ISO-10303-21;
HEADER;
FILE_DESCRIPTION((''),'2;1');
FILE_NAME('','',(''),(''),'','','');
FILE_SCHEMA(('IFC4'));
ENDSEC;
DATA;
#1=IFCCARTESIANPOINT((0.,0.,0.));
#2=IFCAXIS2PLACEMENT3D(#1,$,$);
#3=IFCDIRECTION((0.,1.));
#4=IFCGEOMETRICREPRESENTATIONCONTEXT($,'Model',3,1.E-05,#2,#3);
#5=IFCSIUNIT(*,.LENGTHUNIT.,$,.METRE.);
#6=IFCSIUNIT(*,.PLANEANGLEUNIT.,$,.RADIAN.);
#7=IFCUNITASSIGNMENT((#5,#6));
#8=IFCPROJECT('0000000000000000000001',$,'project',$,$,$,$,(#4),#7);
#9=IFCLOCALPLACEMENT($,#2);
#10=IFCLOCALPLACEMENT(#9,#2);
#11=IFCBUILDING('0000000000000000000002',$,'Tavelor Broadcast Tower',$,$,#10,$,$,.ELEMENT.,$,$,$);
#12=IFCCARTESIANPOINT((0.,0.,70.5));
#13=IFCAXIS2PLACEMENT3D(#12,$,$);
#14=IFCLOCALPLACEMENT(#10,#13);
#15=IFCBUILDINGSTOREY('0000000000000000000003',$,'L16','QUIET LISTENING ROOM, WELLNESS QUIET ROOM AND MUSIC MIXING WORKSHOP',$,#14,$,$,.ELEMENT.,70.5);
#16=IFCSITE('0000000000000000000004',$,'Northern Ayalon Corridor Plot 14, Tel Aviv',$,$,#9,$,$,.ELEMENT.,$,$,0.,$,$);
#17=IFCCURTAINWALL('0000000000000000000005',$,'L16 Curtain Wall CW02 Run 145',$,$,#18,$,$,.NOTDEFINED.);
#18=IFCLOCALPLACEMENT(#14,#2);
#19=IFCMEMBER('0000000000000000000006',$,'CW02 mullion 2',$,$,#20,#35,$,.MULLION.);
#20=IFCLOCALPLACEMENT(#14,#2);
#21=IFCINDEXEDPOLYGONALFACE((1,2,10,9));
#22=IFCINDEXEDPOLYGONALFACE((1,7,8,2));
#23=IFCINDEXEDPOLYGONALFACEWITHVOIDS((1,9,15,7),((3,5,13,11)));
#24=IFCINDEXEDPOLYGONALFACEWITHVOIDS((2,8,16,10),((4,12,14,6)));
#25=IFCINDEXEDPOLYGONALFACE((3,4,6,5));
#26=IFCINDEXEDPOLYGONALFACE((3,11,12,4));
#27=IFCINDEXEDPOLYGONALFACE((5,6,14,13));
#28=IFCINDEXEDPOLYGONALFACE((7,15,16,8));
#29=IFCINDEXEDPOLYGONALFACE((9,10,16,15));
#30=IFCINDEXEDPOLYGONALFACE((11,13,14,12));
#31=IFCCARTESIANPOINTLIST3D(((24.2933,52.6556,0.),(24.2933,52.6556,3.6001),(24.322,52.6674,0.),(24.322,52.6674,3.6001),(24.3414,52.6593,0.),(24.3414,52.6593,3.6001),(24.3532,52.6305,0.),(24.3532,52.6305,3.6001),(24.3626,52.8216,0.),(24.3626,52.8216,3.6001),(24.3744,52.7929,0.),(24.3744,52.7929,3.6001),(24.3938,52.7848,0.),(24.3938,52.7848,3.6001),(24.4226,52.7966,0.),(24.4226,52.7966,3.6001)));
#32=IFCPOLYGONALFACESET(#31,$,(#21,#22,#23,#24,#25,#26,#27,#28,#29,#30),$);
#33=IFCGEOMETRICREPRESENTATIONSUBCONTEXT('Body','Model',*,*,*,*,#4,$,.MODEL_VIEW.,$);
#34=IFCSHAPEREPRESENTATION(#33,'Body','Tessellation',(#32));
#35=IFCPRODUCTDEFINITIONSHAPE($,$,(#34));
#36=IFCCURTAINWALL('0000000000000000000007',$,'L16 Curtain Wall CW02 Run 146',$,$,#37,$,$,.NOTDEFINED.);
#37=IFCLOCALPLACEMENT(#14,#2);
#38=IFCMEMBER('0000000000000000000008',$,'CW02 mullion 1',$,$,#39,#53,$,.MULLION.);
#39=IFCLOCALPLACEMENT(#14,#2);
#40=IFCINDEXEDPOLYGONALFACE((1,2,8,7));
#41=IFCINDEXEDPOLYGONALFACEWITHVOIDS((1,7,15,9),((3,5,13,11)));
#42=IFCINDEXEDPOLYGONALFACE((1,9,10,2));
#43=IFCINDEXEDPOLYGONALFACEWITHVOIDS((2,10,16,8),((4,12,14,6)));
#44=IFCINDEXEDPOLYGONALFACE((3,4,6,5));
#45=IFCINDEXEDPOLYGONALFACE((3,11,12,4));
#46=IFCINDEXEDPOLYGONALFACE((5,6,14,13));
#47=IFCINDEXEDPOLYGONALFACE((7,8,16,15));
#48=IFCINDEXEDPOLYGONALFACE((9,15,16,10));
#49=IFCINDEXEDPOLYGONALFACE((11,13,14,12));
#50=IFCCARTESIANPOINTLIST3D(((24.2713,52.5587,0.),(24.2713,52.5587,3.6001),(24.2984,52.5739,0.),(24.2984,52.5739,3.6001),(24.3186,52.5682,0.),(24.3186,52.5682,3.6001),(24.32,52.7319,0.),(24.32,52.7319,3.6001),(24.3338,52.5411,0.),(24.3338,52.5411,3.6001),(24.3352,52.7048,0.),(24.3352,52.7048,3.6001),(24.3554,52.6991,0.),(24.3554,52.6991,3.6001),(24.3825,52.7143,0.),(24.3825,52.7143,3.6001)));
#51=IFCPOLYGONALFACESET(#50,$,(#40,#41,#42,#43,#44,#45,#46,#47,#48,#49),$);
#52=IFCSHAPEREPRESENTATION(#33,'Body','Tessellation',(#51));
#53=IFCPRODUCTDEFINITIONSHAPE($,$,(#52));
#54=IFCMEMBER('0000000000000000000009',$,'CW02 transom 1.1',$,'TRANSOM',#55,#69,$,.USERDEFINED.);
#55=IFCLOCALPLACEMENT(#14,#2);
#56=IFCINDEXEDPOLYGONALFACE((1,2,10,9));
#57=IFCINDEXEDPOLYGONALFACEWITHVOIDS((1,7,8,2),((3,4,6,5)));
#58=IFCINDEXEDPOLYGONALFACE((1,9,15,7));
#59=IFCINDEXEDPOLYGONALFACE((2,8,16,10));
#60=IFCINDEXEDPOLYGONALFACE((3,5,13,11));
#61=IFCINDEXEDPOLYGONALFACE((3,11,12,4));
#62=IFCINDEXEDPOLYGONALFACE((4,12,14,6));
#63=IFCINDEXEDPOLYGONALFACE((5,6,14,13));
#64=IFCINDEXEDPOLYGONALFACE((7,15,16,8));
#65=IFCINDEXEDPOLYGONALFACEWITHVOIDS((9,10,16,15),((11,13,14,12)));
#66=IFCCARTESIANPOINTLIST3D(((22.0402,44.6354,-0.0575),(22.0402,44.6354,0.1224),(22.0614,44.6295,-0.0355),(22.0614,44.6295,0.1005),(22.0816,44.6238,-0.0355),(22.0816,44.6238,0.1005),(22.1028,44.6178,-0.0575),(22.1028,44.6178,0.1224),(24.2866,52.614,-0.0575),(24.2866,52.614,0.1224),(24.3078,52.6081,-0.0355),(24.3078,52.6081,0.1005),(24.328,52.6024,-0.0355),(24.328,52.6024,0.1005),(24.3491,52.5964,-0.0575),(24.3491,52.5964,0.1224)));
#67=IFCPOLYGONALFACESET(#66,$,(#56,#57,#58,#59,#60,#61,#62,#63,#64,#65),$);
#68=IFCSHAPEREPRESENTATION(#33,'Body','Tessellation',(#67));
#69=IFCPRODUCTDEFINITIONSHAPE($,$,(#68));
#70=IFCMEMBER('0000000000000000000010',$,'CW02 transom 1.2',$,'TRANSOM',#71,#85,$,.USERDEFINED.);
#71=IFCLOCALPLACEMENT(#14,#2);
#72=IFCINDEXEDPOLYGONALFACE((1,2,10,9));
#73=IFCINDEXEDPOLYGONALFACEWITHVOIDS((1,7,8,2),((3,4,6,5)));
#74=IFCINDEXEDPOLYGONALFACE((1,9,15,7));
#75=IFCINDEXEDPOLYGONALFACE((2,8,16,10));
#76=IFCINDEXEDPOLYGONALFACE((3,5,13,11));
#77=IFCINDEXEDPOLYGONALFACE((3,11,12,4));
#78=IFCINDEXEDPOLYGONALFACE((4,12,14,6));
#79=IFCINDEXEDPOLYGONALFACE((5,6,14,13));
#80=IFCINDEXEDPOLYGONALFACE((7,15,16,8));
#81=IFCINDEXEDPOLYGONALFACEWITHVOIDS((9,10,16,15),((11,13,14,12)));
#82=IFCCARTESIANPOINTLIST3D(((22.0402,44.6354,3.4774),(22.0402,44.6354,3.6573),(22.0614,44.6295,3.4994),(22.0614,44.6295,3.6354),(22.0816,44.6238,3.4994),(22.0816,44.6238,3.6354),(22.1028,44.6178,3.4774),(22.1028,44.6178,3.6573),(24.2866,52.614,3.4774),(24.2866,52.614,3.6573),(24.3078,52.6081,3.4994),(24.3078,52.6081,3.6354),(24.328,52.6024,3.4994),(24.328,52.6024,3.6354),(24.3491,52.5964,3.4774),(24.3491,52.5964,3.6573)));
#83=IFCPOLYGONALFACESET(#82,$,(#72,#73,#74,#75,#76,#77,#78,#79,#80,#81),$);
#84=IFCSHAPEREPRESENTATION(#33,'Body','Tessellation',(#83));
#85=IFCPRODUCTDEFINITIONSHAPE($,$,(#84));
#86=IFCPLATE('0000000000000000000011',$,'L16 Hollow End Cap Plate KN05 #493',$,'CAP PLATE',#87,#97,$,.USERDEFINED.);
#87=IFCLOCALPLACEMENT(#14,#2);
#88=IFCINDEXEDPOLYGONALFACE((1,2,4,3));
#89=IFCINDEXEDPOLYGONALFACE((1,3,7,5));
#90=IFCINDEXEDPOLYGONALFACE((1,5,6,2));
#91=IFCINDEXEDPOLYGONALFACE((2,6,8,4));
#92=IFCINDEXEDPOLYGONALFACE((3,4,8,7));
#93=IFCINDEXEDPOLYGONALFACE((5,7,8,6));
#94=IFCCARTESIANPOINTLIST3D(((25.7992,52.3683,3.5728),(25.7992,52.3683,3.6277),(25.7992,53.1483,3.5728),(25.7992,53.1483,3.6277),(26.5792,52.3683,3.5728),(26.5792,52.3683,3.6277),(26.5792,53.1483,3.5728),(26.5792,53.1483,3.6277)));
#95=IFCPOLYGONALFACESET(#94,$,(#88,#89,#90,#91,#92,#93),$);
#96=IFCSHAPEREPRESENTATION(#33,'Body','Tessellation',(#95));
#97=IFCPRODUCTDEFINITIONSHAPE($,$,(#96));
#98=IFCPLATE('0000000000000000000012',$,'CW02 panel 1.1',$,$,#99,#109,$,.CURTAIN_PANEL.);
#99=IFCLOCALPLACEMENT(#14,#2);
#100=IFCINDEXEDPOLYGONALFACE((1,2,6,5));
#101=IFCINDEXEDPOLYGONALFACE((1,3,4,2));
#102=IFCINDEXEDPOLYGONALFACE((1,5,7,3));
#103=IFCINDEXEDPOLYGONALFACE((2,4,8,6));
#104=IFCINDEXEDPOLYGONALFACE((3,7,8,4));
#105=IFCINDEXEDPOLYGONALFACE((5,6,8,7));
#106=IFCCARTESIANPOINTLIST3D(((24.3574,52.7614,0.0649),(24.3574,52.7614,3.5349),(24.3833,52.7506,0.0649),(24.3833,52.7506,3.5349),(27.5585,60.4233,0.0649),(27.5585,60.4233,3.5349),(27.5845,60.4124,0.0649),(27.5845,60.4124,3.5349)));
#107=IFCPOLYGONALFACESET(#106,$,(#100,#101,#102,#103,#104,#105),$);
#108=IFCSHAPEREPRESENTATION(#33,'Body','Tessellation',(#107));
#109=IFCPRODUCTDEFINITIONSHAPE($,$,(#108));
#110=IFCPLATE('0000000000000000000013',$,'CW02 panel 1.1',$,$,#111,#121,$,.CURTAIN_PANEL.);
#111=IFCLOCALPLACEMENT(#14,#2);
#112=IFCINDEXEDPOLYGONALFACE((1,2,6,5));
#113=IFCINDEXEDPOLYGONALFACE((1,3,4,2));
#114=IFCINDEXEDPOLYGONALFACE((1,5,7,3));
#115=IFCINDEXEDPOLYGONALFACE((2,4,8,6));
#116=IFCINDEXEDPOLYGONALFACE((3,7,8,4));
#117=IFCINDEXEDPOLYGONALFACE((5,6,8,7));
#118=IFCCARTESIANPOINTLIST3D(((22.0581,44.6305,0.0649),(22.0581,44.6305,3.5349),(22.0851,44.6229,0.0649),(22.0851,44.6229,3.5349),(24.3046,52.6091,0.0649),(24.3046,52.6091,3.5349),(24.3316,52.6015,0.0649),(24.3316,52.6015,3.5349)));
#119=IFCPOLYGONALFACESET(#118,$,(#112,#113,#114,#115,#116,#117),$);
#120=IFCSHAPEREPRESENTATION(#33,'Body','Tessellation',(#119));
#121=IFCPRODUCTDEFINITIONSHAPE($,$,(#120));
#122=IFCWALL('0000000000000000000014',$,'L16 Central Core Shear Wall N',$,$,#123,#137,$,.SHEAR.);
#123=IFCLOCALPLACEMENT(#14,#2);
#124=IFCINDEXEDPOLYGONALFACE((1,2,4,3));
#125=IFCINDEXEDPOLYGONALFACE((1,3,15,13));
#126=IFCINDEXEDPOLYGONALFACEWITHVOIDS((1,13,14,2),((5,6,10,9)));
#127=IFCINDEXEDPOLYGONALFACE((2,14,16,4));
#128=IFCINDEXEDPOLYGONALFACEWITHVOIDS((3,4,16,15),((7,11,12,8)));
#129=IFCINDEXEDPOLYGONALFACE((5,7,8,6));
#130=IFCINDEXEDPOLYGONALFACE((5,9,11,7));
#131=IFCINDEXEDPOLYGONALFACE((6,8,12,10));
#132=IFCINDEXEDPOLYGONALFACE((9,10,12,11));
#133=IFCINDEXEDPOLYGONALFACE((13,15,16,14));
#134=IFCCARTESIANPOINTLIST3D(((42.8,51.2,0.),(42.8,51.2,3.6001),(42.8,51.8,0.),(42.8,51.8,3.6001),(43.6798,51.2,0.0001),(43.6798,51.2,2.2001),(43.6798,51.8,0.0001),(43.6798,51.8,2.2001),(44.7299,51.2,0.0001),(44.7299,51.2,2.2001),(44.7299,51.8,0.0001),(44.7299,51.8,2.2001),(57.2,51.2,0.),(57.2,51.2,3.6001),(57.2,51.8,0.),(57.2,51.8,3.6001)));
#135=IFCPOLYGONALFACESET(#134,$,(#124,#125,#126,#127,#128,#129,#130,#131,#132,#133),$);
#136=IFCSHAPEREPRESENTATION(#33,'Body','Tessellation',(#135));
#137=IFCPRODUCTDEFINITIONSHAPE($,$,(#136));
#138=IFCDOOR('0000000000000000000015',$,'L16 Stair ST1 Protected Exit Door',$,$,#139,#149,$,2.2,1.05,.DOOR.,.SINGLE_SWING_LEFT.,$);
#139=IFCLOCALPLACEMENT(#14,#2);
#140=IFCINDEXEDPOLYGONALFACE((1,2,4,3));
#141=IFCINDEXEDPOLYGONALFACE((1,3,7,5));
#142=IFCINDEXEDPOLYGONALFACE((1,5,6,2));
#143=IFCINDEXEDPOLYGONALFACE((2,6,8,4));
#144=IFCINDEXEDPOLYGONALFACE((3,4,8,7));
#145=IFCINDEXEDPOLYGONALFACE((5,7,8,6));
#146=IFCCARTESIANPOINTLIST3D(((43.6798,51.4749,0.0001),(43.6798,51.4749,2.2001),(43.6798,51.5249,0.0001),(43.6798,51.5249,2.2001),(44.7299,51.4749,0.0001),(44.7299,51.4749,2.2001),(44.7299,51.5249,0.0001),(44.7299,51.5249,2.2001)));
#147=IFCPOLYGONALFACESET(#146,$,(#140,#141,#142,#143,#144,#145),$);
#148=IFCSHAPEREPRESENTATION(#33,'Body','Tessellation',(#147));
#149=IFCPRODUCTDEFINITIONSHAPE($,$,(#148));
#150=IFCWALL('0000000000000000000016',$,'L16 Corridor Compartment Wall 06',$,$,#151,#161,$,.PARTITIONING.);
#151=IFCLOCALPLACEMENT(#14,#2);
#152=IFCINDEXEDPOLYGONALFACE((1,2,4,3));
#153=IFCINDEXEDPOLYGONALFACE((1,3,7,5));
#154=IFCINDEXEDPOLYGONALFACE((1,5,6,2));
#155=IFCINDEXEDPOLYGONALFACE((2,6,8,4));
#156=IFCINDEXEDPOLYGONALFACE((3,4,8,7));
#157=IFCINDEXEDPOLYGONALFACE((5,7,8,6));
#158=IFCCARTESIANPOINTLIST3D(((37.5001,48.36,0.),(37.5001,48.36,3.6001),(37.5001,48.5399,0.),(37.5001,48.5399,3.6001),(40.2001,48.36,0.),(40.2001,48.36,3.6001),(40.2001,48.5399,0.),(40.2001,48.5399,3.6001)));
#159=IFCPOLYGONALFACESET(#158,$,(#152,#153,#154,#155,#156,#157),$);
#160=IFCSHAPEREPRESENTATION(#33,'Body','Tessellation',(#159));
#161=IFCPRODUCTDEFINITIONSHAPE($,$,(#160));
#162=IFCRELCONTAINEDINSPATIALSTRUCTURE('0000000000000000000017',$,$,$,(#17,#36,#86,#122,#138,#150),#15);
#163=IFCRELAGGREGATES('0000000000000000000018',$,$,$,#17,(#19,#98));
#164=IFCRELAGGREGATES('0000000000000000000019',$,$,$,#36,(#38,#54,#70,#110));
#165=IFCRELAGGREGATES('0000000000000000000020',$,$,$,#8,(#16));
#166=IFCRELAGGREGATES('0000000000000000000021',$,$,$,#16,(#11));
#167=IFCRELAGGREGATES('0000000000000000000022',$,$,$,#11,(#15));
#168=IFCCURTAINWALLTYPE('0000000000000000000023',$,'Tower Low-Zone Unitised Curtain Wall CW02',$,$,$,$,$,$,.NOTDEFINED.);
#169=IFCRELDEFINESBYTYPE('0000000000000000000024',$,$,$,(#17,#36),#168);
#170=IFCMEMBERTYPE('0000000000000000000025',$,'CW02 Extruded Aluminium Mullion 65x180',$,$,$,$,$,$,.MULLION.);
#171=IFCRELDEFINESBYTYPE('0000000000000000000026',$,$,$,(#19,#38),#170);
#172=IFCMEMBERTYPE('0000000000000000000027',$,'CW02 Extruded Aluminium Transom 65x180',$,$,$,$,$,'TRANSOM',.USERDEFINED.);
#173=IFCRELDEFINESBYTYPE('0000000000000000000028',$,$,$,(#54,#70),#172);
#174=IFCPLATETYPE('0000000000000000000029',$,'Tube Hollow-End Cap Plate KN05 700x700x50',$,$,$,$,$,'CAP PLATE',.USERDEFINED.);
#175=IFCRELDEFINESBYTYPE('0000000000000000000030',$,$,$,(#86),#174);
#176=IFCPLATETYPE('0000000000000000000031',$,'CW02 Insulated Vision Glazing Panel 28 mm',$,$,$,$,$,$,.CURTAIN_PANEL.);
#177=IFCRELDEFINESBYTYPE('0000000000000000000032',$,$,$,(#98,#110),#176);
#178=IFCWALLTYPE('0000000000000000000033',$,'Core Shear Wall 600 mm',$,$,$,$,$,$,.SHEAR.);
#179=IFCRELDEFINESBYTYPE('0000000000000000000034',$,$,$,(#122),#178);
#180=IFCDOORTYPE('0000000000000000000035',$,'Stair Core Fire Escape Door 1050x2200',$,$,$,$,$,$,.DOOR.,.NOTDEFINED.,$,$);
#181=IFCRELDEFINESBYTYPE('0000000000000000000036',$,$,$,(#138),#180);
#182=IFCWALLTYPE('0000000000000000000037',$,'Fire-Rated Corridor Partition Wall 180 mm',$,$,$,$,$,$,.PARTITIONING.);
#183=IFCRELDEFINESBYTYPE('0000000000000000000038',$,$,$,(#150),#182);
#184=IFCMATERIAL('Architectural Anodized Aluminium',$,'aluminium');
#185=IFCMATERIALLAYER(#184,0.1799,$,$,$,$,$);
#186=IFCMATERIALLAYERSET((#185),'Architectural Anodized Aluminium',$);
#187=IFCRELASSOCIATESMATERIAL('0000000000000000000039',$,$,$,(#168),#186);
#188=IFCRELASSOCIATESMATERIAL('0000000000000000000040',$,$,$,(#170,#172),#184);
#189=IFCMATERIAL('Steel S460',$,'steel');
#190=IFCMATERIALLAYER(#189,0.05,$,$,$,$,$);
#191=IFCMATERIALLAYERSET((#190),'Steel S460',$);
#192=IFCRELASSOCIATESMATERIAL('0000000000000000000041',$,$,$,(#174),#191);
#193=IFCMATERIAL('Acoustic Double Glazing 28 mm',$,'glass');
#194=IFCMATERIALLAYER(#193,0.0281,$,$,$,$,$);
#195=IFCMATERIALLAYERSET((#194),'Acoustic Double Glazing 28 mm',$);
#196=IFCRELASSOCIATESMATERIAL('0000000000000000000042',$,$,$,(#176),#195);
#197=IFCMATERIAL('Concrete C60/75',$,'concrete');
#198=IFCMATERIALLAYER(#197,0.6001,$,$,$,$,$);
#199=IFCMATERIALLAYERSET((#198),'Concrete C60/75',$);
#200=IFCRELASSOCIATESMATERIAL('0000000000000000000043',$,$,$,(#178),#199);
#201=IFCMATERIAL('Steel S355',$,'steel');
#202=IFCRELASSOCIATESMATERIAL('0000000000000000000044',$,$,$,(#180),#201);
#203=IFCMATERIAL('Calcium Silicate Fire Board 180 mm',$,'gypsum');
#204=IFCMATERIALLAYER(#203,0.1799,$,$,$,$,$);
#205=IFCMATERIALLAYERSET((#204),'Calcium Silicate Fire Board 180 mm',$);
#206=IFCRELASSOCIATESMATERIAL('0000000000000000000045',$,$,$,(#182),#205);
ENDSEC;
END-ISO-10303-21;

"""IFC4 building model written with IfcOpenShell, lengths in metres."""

from ifc_helpers import new_model, si_unit, direction, frame, frame_2d, origin, origin_2d, place, context, subcontext, project, spatial, rectangle, hollow_rectangle, extrude, source, transform, mapped, material, layer, layer_set, material_profile, profile_set, type_object, type_shapes, element, fill, aggregate, save


model = new_model("IFC4")

# Units and contexts
model_context = context("Model", 3, precision=1e-05, world=origin(), true_north=direction((0.0, 1.0)))
body_context = subcontext(model_context, "Body", "Model", "MODEL_VIEW")
ifc_project = project(units=[si_unit("LENGTHUNIT", "METRE"), si_unit("PLANEANGLEUNIT", "RADIAN")], contexts=[model_context])

# Site, building, storey
site_placement = place(None, origin())
site = spatial("IfcSite", under=ifc_project, at=site_placement, Name="Northern Ayalon Corridor Plot 14, Tel Aviv", CompositionType="ELEMENT", RefElevation=0.0)
building_placement = place(site_placement, origin())
building = spatial("IfcBuilding", under=site, at=building_placement, Name="Tavelor Broadcast Tower", CompositionType="ELEMENT")
storey_placement = place(building_placement, frame((0.0, 0.0, 70.5)))
storey = spatial("IfcBuildingStorey", under=building, at=storey_placement, Name="L16", Description="QUIET LISTENING ROOM, WELLNESS QUIET ROOM AND MUSIC MIXING WORKSHOP", CompositionType="ELEMENT", Elevation=70.5)

# Shared definitions
ifc_material_1 = material(Name="Concrete C60/75", Category="concrete")
ifc_material_2 = material(Name="Steel S460", Category="steel")

# Shared definitions
ifc_material_3 = material(Name="Steel S355", Category="steel")

# Curtain wall, member
ifc_material_4 = material(Name="Architectural Anodized Aluminium", Category="aluminium")
ifc_layer_1 = layer(ifc_material_4, 0.1799)
ifc_layer_set_1 = layer_set([ifc_layer_1], Name="Architectural Anodized Aluminium")
curtain_wall_type = type_object("IfcCurtainWallType", Name="Tower Low-Zone Unitised Curtain Wall CW02", PredefinedType="NOTDEFINED", material=ifc_layer_set_1)
curtain_wall_1_placement = place(storey_placement, origin())
curtain_wall_1 = element("IfcCurtainWall", 1, at=curtain_wall_1_placement, inside=storey, type_object=curtain_wall_type, Name="L16 Curtain Wall CW02 Run 145", PredefinedType="NOTDEFINED")
ifc_material_profile_1 = material_profile(ifc_material_4, hollow_rectangle(XDim=0.0649, YDim=0.1799, WallThickness=0.022, at=origin_2d()), Name="RHS 65x180x22")
ifc_profile_set_1 = profile_set([ifc_material_profile_1], Name="Architectural Anodized Aluminium")
member_type_1 = type_object("IfcMemberType", Name="CW02 Extruded Aluminium Mullion 65x180", PredefinedType="MULLION", material=ifc_profile_set_1)
shared_shape_1 = source(origin(), body_context, "Body", "SweptSolid", [
    extrude(hollow_rectangle(XDim=0.0649, YDim=0.1799, WallThickness=0.022, at=origin_2d()), origin(), (0.0, 0.0, 1.0), 3.6001),
])
type_shapes(member_type_1, [shared_shape_1])
member_1_placement = place(storey_placement, frame((24.3579, 52.7261, 0.0), z_axis=(0.0, 0.0, 1.0), x_axis=(0.922707, -0.385503, 0.0)))
member_1 = element("IfcMember", 2, at=member_1_placement, type_object=member_type_1, Name="CW02 mullion 2", PredefinedType="MULLION", context=body_context, shape_type="MappedRepresentation", body=[
    mapped(shared_shape_1, transform((0.0, 0.0, 0.0), scale=1.0)),
])

# Curtain wall, members
curtain_wall_2_placement = place(storey_placement, origin())
curtain_wall_2 = element("IfcCurtainWall", 3, at=curtain_wall_2_placement, inside=storey, type_object=curtain_wall_type, Name="L16 Curtain Wall CW02 Run 146", PredefinedType="NOTDEFINED")
member_2_placement = place(storey_placement, frame((24.3269, 52.6365, 0.0), z_axis=(0.0, 0.0, 1.0), x_axis=(0.962572, -0.271028, 0.0)))
member_2 = element("IfcMember", 4, at=member_2_placement, type_object=member_type_1, Name="CW02 mullion 1", PredefinedType="MULLION", context=body_context, shape_type="MappedRepresentation", body=[
    mapped(shared_shape_1, transform((0.0, 0.0, 0.0), scale=1.0)),
])
ifc_material_profile_2 = material_profile(ifc_material_4, hollow_rectangle(XDim=0.0649, YDim=0.1799, WallThickness=0.022, at=origin_2d()), Name="RHS 65x180x22")
ifc_profile_set_2 = profile_set([ifc_material_profile_2], Name="Architectural Anodized Aluminium")
member_type_2 = type_object("IfcMemberType", Name="CW02 Extruded Aluminium Transom 65x180", ElementType="TRANSOM", PredefinedType="USERDEFINED", material=ifc_profile_set_2)
shared_shape_2 = source(origin(), body_context, "Body", "SweptSolid", [
    extrude(hollow_rectangle(XDim=0.0649, YDim=0.1799, WallThickness=0.022, at=origin_2d()), origin(), (0.0, 0.0, 1.0), 8.2888),
])
type_shapes(member_type_2, [shared_shape_2])
member_3_placement = place(storey_placement, frame((24.3179, 52.6052, 0.0325), z_axis=(-0.271012, -0.962576, 0.0), x_axis=(0.962576, -0.271012, 0.0)))
member_3 = element("IfcMember", 5, at=member_3_placement, type_object=member_type_2, Name="CW02 transom 1.1", ObjectType="TRANSOM", PredefinedType="USERDEFINED", context=body_context, shape_type="MappedRepresentation", body=[
    mapped(shared_shape_2, transform((0.0, 0.0, 0.0), scale=1.0)),
])
member_4_placement = place(storey_placement, frame((24.3179, 52.6052, 3.5674), z_axis=(-0.271012, -0.962576, 0.0), x_axis=(0.962576, -0.271012, 0.0)))
member_4 = element("IfcMember", 6, at=member_4_placement, type_object=member_type_2, Name="CW02 transom 1.2", ObjectType="TRANSOM", PredefinedType="USERDEFINED", context=body_context, shape_type="MappedRepresentation", body=[
    mapped(shared_shape_2, transform((0.0, 0.0, 0.0), scale=1.0)),
])

# Plates
ifc_layer_2 = layer(ifc_material_2, 0.05)
ifc_layer_set_2 = layer_set([ifc_layer_2], Name="Steel S460")
plate_type_1 = type_object("IfcPlateType", Name="Tube Hollow-End Cap Plate KN05 700x700x50", ElementType="CAP PLATE", PredefinedType="USERDEFINED", material=ifc_layer_set_2)
shared_shape_3 = source(origin(), body_context, "Body", "SweptSolid", [
    extrude(rectangle(XDim=0.78, YDim=0.78, at=origin_2d()), origin(), (0.0, 0.0, 1.0), 0.0549),
])
type_shapes(plate_type_1, [shared_shape_3])
plate_1_placement = place(storey_placement, frame((26.1892, 52.7583, 3.5728), z_axis=(0.0, 0.0, 1.0), x_axis=(1.0, 0.0, 0.0)))
element("IfcPlate", 7, at=plate_1_placement, inside=storey, type_object=plate_type_1, Name="L16 Hollow End Cap Plate KN05 #493", ObjectType="CAP PLATE", PredefinedType="USERDEFINED", context=body_context, shape_type="MappedRepresentation", body=[
    mapped(shared_shape_3, transform((0.0, 0.0, 0.0), scale=1.0)),
])
ifc_material_5 = material(Name="Acoustic Double Glazing 28 mm", Category="glass")
ifc_layer_3 = layer(ifc_material_5, 0.0281)
ifc_layer_set_3 = layer_set([ifc_layer_3], Name="Acoustic Double Glazing 28 mm")
plate_type_2 = type_object("IfcPlateType", Name="CW02 Insulated Vision Glazing Panel 28 mm", PredefinedType="CURTAIN_PANEL", material=ifc_layer_set_3)
shared_shape_4 = source(origin(), body_context, "Body", "SweptSolid", [
    extrude(rectangle(XDim=8.3037, YDim=0.0281, at=origin_2d()), origin(), (0.0, 0.0, 1.0), 3.47),
])
plate_2_placement = place(storey_placement, frame((25.9709, 56.5869, 0.0649), z_axis=(0.0, 0.0, 1.0), x_axis=(-0.385503, -0.922707, 0.0)))
plate_2 = element("IfcPlate", 8, at=plate_2_placement, type_object=plate_type_2, Name="CW02 panel 1.1", PredefinedType="CURTAIN_PANEL", context=body_context, shape_type="MappedRepresentation", body=[
    mapped(shared_shape_4, transform((0.0, 0.0, 0.0), scale=1.0)),
])
aggregate(curtain_wall_1, [member_1, plate_2])
shared_shape_5 = source(origin(), body_context, "Body", "SweptSolid", [
    extrude(rectangle(XDim=8.2888, YDim=0.0281, at=origin_2d()), origin(), (0.0, 0.0, 1.0), 3.47),
])
type_shapes(plate_type_2, [shared_shape_4, shared_shape_5])
plate_3_placement = place(storey_placement, frame((23.1948, 48.616, 0.0649), z_axis=(0.0, 0.0, 1.0), x_axis=(-0.271028, -0.962572, 0.0)))
plate_3 = element("IfcPlate", 9, at=plate_3_placement, type_object=plate_type_2, Name="CW02 panel 1.1", PredefinedType="CURTAIN_PANEL", context=body_context, shape_type="MappedRepresentation", body=[
    mapped(shared_shape_5, transform((0.0, 0.0, 0.0), scale=1.0)),
])
aggregate(curtain_wall_2, [member_2, member_3, member_4, plate_3])

# Wall, opening, door
ifc_layer_4 = layer(ifc_material_1, 0.6001)
ifc_layer_set_4 = layer_set([ifc_layer_4], Name="Concrete C60/75")
wall_type_1 = type_object("IfcWallType", Name="Core Shear Wall 600 mm", PredefinedType="SHEAR", material=ifc_layer_set_4)
wall_1_placement = place(storey_placement, frame((42.8, 51.5, 0.0), z_axis=(0.0, 0.0, 1.0), x_axis=(1.0, 0.0, 0.0)))
wall_1 = element("IfcWall", 10, at=wall_1_placement, inside=storey, type_object=wall_type_1, Name="L16 Central Core Shear Wall N", PredefinedType="SHEAR", context=body_context, shape_type="SweptSolid", body=[
    extrude(rectangle(XDim=14.3999, YDim=0.6001, at=frame_2d((7.2, 0.0))), origin(), (0.0, 0.0, 1.0), 3.6001),
])
opening_1_placement = place(wall_1_placement, frame((0.8799, 0.0, 0.0)))
opening_1 = element("IfcOpeningElement", 11, at=opening_1_placement, cuts=wall_1, PredefinedType="OPENING", context=body_context, shape_type="SweptSolid", body=[
    extrude(rectangle(XDim=1.05, YDim=2.2, at=frame_2d((0.5249, 1.1001))), frame((0.0, 0.3101, 0.0), z_axis=(0.0, -1.0, 0.0), x_axis=(1.0, 0.0, 0.0)), (0.0, 0.0, 1.0), 0.6201),
])
door_type_1 = type_object("IfcDoorType", Name="Stair Core Fire Escape Door 1050x2200", OperationType="NOTDEFINED", PredefinedType="DOOR", material=ifc_material_3)
door_1_placement = place(opening_1_placement, origin())
door_1 = element("IfcDoor", 12, at=door_1_placement, inside=storey, type_object=door_type_1, Name="L16 Stair ST1 Protected Exit Door", OperationType="SINGLE_SWING_LEFT", OverallHeight=2.2, OverallWidth=1.05, PredefinedType="DOOR", context=body_context, shape_type="SweptSolid", body=[
    extrude(rectangle(XDim=1.05, YDim=2.2, at=frame_2d((0.5249, 1.1001))), frame((0.0, 0.0249, 0.0), z_axis=(0.0, -1.0, 0.0), x_axis=(1.0, 0.0, 0.0)), (0.0, 0.0, 1.0), 0.05),
])
fill(opening_1, door_1)

# Wall
ifc_material_6 = material(Name="Calcium Silicate Fire Board 180 mm", Category="gypsum")
ifc_layer_5 = layer(ifc_material_6, 0.1799)
ifc_layer_set_5 = layer_set([ifc_layer_5], Name="Calcium Silicate Fire Board 180 mm")
wall_type_2 = type_object("IfcWallType", Name="Fire-Rated Corridor Partition Wall 180 mm", PredefinedType="PARTITIONING", material=ifc_layer_set_5)
wall_2_placement = place(storey_placement, frame((37.5, 48.45, 0.0), z_axis=(0.0, 0.0, 1.0), x_axis=(1.0, 0.0, 0.0)))
element("IfcWall", 13, at=wall_2_placement, inside=storey, type_object=wall_type_2, Name="L16 Corridor Compartment Wall 06", PredefinedType="PARTITIONING", context=body_context, shape_type="SweptSolid", body=[
    extrude(rectangle(XDim=2.7, YDim=0.1799, at=frame_2d((1.3501, 0.0))), origin(), (0.0, 0.0, 1.0), 3.6001),
])

save(model, "model.ifc")
